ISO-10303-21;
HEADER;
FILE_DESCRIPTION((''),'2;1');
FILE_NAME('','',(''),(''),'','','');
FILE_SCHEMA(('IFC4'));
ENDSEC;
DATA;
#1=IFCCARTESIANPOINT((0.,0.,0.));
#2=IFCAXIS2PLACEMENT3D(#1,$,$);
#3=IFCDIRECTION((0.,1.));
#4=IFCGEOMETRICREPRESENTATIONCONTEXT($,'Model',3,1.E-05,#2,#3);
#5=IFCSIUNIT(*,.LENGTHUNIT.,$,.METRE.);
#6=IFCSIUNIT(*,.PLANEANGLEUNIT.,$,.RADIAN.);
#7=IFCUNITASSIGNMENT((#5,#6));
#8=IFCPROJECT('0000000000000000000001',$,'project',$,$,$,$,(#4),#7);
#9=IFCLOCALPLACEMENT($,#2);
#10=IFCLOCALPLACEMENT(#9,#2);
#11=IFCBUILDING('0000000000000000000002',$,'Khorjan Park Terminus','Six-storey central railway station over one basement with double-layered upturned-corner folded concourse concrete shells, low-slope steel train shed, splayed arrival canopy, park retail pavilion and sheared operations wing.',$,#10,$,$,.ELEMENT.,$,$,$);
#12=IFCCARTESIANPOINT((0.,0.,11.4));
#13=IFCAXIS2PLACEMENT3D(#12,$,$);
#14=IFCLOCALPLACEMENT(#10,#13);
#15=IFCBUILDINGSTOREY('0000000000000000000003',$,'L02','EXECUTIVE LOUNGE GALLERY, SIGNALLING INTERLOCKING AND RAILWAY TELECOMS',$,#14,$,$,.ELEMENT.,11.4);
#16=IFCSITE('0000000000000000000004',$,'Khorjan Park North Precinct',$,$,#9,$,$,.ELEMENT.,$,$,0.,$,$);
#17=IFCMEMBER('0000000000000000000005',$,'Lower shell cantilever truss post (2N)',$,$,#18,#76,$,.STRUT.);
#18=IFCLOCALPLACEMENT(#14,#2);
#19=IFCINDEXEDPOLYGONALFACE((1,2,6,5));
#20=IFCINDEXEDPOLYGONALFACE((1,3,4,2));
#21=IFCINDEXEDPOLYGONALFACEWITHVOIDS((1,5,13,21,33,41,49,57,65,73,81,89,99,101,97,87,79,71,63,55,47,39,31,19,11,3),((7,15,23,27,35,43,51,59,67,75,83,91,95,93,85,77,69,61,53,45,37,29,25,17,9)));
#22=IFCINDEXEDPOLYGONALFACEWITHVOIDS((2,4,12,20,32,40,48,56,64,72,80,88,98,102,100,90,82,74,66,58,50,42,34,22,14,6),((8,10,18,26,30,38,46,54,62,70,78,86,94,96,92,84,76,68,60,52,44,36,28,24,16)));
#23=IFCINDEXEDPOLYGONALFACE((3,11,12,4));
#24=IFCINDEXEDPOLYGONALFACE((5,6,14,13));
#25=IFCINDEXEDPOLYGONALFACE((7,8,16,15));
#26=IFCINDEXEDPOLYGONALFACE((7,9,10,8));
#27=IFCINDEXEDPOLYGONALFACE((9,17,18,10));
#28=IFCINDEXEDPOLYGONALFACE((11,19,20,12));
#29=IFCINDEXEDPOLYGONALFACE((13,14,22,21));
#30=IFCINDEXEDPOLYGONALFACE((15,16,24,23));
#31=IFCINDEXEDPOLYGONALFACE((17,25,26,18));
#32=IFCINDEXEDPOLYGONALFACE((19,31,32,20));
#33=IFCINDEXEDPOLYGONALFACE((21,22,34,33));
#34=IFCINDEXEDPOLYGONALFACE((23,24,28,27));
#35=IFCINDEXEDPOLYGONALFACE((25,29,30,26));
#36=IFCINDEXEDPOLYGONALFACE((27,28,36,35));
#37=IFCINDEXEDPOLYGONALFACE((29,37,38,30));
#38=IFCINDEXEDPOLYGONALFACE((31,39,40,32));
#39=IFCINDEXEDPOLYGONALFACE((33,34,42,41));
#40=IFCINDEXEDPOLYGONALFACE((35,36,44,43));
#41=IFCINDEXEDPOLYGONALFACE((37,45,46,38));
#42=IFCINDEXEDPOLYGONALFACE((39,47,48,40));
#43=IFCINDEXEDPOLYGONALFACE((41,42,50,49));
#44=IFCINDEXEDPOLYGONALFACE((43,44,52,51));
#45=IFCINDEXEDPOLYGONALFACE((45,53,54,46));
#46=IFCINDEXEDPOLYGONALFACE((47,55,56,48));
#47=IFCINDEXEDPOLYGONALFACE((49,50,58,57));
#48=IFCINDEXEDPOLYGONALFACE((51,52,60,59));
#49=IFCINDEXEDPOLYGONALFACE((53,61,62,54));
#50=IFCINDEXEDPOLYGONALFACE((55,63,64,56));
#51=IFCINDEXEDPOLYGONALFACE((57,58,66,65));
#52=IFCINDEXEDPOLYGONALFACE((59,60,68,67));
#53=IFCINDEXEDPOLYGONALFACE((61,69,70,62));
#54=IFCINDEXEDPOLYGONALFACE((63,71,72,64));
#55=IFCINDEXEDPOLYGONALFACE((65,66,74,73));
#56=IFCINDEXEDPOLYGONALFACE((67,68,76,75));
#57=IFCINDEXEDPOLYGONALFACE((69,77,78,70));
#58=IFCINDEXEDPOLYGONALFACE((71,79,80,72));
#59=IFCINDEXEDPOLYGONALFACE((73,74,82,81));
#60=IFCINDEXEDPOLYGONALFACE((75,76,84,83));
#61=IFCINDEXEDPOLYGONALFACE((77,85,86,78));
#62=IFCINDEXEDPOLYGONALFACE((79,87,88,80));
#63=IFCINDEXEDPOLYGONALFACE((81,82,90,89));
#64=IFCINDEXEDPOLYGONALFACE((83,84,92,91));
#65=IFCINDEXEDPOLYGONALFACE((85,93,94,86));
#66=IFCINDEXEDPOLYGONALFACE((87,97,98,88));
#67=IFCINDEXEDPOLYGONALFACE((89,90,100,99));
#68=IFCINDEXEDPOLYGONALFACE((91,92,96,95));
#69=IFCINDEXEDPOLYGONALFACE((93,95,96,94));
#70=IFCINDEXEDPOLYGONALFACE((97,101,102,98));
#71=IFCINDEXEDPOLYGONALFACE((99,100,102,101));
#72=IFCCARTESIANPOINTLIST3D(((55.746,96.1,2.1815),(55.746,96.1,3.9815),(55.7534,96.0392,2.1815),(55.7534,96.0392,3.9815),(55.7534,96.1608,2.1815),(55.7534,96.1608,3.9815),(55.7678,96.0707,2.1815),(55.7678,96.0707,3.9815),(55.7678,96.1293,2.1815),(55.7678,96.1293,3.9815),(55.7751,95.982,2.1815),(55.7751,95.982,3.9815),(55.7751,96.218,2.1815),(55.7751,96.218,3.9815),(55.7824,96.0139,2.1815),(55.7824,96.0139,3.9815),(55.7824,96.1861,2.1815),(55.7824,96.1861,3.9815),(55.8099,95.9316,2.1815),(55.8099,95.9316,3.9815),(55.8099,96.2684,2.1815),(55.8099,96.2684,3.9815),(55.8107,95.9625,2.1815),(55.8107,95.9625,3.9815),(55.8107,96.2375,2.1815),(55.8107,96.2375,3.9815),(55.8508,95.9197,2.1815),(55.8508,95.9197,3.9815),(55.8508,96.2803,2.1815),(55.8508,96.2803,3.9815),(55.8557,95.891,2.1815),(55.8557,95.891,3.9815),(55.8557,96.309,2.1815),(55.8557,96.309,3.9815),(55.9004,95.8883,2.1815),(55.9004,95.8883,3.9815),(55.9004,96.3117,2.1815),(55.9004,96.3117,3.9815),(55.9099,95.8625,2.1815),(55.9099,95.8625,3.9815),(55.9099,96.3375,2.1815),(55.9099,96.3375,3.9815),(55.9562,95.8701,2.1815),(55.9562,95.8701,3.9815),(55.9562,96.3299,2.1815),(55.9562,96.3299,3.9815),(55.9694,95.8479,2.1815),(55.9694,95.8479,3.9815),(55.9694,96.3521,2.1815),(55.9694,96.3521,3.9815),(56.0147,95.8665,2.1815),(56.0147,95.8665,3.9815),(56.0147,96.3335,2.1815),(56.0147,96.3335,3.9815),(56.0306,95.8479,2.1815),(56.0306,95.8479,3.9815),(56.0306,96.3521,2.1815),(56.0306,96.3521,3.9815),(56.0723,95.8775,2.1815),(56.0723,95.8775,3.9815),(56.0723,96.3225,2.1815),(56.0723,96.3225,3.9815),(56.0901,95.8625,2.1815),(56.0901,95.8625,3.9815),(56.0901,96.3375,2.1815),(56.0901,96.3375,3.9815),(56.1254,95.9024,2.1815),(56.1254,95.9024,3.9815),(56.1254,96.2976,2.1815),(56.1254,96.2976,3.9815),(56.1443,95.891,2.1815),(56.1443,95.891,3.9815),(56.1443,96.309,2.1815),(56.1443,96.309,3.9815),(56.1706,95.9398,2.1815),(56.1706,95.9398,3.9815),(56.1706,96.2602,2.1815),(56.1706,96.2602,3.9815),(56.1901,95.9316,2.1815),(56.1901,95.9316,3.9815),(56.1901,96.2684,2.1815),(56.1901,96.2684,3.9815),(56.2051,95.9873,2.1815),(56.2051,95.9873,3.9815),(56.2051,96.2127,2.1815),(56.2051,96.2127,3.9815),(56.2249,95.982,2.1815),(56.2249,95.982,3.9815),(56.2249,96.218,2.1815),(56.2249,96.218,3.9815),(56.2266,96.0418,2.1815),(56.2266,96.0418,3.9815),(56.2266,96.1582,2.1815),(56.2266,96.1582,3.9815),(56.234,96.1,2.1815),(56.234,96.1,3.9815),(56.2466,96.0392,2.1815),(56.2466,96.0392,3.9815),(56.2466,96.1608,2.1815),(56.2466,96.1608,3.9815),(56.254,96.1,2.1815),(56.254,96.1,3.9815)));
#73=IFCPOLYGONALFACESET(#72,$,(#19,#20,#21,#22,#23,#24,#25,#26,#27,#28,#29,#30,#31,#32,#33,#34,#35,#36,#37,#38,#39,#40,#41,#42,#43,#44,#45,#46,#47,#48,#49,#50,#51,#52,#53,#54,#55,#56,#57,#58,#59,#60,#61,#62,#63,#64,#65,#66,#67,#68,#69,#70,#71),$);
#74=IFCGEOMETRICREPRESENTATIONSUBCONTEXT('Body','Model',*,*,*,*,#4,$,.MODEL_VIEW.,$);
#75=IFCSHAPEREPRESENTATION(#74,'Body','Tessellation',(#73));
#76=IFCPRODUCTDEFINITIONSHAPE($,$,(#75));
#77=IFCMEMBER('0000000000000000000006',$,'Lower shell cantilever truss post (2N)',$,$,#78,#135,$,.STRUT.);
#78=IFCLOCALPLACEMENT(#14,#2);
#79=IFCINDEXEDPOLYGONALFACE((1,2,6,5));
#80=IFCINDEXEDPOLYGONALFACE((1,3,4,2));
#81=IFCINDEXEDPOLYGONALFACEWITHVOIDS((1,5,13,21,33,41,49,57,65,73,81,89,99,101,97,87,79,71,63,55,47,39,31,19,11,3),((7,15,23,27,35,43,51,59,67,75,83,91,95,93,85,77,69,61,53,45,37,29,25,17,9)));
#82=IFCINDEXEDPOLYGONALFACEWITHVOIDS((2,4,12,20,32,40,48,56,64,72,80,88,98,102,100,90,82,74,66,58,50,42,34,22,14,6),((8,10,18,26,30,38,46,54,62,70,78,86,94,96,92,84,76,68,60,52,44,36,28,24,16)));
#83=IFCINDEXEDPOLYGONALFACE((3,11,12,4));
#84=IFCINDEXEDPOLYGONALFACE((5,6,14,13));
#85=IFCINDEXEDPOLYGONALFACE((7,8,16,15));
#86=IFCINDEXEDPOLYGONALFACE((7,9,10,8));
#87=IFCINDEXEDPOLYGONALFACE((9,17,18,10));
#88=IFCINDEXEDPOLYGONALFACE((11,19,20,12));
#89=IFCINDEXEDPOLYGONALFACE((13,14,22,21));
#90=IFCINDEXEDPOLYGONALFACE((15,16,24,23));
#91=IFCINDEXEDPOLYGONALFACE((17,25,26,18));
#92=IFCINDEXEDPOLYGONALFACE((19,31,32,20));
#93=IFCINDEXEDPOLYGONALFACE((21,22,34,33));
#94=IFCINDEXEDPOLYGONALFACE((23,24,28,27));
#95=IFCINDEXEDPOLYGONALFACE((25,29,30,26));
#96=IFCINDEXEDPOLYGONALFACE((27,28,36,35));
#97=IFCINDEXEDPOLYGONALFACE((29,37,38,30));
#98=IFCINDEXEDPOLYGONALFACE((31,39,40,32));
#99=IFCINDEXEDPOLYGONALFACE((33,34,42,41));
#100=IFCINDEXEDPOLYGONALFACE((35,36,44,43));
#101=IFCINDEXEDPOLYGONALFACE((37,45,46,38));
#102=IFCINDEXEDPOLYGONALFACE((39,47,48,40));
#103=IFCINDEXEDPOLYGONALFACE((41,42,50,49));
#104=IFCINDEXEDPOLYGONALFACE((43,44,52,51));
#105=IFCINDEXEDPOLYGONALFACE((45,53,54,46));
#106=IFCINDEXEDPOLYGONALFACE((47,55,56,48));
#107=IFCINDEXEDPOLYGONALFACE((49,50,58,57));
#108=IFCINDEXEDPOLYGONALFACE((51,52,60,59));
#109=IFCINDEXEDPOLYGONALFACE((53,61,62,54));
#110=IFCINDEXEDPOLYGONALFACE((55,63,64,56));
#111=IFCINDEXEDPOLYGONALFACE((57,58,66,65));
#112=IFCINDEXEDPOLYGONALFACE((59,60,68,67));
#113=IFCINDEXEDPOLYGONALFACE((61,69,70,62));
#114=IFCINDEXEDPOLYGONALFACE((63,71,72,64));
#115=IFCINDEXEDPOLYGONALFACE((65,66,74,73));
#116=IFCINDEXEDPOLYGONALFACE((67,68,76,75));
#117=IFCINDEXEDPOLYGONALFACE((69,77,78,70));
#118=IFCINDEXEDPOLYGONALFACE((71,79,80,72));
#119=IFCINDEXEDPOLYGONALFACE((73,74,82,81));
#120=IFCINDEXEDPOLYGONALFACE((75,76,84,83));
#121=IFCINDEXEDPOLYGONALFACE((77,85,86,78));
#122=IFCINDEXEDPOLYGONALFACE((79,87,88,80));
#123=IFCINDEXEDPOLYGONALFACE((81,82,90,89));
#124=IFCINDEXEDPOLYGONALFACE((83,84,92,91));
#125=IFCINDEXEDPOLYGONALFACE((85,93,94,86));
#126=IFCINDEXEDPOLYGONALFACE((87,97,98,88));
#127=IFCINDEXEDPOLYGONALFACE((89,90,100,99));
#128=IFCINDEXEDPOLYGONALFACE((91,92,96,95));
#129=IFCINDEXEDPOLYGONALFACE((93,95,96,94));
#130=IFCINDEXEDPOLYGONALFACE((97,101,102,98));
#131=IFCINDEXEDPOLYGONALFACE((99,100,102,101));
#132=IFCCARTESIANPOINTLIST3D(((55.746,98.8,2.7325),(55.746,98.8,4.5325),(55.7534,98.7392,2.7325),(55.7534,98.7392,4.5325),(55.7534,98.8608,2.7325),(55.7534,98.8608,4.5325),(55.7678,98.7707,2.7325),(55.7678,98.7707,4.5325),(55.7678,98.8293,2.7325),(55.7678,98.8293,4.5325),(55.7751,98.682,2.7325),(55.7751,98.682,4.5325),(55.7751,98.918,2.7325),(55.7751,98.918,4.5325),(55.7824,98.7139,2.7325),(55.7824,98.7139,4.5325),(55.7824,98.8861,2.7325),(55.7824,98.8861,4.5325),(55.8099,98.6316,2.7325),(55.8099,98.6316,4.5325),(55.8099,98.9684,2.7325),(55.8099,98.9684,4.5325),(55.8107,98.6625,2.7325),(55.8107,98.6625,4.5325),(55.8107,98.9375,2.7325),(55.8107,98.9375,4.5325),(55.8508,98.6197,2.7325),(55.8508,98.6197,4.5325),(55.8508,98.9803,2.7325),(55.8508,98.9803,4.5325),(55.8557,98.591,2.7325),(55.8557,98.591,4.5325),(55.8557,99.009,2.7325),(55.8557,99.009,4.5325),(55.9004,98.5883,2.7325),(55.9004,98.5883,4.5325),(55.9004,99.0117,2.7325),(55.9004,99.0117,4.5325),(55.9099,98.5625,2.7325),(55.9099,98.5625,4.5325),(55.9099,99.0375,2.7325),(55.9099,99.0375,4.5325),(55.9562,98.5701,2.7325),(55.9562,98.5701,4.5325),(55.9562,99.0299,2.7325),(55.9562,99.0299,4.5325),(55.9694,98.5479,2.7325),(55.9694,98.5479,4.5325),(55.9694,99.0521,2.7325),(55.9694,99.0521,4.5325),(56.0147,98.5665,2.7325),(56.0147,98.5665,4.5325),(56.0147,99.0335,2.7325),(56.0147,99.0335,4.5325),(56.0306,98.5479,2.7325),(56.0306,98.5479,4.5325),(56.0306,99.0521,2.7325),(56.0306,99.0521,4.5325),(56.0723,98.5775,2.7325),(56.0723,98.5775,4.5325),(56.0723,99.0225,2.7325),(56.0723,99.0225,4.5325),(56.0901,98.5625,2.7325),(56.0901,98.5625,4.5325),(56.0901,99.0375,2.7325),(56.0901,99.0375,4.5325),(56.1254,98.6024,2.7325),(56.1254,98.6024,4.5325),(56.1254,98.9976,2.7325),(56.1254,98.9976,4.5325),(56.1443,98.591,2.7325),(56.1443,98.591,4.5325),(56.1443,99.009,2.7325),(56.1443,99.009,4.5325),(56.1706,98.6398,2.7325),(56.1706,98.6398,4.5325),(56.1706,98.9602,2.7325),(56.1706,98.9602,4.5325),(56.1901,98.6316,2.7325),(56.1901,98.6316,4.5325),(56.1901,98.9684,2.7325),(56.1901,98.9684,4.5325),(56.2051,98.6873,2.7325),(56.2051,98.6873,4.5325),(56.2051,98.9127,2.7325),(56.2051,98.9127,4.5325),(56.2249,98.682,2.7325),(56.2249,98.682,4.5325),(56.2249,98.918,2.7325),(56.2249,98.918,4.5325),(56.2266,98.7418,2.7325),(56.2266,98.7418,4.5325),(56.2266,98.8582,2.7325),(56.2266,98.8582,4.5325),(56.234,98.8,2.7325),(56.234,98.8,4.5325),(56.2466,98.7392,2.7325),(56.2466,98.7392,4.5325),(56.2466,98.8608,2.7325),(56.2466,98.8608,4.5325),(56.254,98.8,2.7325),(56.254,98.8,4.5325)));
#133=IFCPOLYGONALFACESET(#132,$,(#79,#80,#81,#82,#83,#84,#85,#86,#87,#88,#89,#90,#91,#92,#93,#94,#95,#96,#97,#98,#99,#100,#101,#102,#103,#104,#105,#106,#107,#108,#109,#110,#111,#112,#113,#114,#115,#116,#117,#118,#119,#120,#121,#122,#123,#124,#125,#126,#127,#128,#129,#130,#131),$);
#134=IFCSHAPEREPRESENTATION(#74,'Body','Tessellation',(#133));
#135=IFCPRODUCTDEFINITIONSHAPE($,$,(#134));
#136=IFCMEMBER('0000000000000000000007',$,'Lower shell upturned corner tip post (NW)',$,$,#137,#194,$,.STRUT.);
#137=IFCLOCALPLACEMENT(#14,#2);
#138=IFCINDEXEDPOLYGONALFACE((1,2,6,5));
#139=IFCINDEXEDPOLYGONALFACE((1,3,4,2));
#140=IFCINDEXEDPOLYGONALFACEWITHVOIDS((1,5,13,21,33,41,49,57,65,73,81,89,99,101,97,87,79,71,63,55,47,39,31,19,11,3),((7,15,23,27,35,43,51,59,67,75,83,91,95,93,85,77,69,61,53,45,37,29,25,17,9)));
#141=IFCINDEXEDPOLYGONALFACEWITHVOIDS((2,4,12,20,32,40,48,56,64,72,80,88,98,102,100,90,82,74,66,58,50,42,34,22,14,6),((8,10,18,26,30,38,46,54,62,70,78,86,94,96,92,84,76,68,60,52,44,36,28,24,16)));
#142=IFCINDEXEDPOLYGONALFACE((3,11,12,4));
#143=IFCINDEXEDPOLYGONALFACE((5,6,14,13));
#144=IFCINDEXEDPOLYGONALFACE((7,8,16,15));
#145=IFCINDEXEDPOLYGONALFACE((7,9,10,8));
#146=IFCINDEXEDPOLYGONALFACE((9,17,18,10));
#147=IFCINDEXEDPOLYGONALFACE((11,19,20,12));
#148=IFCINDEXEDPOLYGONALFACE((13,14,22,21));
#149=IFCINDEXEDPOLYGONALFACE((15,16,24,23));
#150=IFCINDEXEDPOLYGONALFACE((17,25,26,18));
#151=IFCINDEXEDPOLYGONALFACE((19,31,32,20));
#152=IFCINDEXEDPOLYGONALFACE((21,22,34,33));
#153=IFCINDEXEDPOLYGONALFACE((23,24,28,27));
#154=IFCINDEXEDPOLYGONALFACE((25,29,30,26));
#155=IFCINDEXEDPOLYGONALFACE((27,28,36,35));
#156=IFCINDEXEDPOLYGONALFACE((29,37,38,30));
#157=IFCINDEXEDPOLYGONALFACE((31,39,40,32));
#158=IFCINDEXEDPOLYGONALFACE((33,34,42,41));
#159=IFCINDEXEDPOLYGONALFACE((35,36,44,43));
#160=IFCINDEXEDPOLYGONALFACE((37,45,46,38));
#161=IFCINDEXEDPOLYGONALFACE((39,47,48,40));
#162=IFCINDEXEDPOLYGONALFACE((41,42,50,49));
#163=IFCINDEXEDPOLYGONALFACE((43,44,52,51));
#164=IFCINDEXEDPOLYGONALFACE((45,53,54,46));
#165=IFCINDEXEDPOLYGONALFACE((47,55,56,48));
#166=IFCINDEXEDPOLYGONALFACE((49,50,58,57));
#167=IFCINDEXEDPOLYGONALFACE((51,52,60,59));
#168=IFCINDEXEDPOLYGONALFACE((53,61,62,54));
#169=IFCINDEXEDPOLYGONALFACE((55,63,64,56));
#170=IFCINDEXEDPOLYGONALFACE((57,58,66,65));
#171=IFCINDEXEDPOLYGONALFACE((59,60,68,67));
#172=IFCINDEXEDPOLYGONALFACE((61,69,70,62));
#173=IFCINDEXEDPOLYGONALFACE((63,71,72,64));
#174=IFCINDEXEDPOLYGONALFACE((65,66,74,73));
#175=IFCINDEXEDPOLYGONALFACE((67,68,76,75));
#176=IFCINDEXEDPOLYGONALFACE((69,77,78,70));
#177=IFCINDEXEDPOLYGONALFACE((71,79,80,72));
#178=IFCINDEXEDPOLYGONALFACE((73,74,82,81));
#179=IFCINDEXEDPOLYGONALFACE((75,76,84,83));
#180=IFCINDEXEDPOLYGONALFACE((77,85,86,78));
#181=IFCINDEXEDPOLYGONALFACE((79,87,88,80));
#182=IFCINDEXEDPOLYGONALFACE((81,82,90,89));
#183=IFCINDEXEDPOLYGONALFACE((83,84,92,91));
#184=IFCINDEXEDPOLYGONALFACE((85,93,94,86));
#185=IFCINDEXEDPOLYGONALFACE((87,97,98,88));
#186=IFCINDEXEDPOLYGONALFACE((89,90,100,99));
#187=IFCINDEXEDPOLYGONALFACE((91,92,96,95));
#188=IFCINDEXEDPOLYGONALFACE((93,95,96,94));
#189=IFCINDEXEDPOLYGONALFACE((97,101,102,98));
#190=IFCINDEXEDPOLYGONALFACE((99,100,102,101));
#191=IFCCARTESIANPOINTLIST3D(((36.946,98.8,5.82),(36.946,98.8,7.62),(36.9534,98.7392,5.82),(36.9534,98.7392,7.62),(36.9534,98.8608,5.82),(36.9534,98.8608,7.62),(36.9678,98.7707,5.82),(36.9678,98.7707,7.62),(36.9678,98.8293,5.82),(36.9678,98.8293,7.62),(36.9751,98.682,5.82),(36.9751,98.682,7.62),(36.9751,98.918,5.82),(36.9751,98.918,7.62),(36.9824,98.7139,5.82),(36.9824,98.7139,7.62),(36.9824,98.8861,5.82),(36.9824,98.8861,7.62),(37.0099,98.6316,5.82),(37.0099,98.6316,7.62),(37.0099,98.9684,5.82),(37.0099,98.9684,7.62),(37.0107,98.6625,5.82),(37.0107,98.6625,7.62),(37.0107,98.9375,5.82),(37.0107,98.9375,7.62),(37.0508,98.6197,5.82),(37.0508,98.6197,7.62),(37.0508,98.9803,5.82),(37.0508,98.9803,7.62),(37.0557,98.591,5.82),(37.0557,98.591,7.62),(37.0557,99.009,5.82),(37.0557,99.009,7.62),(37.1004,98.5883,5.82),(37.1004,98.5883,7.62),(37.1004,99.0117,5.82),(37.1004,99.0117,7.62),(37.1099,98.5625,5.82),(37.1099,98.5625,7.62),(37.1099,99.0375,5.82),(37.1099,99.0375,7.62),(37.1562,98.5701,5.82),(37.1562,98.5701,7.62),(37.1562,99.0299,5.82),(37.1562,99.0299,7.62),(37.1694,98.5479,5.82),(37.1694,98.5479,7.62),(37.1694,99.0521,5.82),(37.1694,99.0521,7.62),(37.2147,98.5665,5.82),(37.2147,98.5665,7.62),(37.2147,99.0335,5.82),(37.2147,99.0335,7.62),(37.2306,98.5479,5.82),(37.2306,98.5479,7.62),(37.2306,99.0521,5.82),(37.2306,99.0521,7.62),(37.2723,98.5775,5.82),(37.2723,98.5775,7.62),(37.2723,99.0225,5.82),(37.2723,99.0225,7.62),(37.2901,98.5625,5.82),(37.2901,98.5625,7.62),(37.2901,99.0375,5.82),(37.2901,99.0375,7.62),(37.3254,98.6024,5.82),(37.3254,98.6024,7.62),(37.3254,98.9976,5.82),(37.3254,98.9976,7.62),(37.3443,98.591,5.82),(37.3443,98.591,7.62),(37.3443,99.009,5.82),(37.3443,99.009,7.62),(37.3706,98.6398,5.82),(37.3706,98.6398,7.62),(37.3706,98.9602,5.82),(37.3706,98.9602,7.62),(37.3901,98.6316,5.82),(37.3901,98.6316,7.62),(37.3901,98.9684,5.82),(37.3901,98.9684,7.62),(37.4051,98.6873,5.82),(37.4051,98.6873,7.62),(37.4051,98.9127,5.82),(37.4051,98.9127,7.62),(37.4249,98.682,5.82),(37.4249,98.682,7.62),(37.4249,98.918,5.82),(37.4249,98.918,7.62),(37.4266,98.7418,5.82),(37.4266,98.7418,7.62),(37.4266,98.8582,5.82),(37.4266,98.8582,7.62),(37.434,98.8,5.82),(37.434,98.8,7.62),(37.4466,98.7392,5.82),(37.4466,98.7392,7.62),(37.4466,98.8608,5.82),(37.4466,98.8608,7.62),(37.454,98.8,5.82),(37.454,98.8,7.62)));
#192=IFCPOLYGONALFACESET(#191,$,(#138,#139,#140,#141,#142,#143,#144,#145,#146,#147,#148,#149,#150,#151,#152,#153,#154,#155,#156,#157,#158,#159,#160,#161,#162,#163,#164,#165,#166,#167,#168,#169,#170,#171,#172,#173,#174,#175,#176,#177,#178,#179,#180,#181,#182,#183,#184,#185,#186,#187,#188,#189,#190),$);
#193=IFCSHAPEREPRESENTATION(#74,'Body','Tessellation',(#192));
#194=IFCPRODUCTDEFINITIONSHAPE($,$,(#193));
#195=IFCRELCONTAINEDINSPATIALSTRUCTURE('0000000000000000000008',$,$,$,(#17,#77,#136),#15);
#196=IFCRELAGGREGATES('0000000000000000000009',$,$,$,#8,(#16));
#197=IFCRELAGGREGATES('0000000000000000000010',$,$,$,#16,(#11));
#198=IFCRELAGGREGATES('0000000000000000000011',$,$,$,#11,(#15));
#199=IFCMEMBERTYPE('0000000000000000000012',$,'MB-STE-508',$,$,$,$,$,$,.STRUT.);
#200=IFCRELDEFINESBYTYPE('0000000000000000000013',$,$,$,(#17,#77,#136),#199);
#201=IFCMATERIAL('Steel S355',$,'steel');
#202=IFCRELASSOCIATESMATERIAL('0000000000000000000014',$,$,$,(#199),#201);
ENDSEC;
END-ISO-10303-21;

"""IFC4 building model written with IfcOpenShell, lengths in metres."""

from ifc_helpers import new_model, si_unit, direction, frame, origin, origin_2d, place, context, subcontext, project, spatial, hollow_circle, extrude, material, material_profile, profile_set, type_object, element, save


model = new_model("IFC4")

# Units and contexts
model_context = context("Model", 3, precision=1e-05, world=origin(), true_north=direction((0.0, 1.0)))
body_context = subcontext(model_context, "Body", "Model", "MODEL_VIEW")
ifc_project = project(units=[si_unit("LENGTHUNIT", "METRE"), si_unit("PLANEANGLEUNIT", "RADIAN")], contexts=[model_context])

# Site, building, storey
site_placement = place(None, origin())
site = spatial("IfcSite", under=ifc_project, at=site_placement, Name="Khorjan Park North Precinct", CompositionType="ELEMENT", RefElevation=0.0)
building_placement = place(site_placement, origin())
building = spatial("IfcBuilding", under=site, at=building_placement, Name="Khorjan Park Terminus", Description="Six-storey central railway station over one basement with double-layered upturned-corner folded concourse concrete shells, low-slope steel train shed, splayed arrival canopy, park retail pavilion and sheared operations wing.", CompositionType="ELEMENT")
storey_placement = place(building_placement, frame((0.0, 0.0, 11.4)))
storey = spatial("IfcBuildingStorey", under=building, at=storey_placement, Name="L02", Description="EXECUTIVE LOUNGE GALLERY, SIGNALLING INTERLOCKING AND RAILWAY TELECOMS", CompositionType="ELEMENT", Elevation=11.4)

# Shared definitions
ifc_material = material(Name="Steel S355", Category="steel")

# Members
ifc_material_profile_1 = material_profile(ifc_material, hollow_circle(Radius=0.254, WallThickness=0.02, at=origin_2d()), Name="CHS 508x20")
ifc_profile_set_1 = profile_set([ifc_material_profile_1], Name="Steel S355")
member_type_1 = type_object("IfcMemberType", Name="MB-STE-508", PredefinedType="STRUT", material=ifc_profile_set_1)
for number, where, z_axis, x_axis, name in (
    (1, (56.0, 96.1, 2.1815), (0.0, 0.0, 1.0), (1.0, 0.0, 0.0), "Lower shell cantilever truss post (2N)"),
    (2, (56.0, 98.8, 2.7325), (0.0, 0.0, 1.0), (1.0, 0.0, 0.0), "Lower shell cantilever truss post (2N)"),
    (3, (37.2, 98.8, 5.82), (0.0, 0.0, 1.0), (1.0, 0.0, 0.0), "Lower shell upturned corner tip post (NW)"),
):
    element("IfcMember", number, at=place(storey_placement, frame(where, z_axis=z_axis, x_axis=x_axis)), inside=storey, type_object=member_type_1, Name=name, PredefinedType="STRUT", context=body_context, shape_type="SweptSolid", body=[
        extrude(hollow_circle(Radius=0.254, WallThickness=0.02, at=origin_2d()), origin(), (0.0, 0.0, 1.0), 1.8),
    ])

save(model, "model.ifc")
